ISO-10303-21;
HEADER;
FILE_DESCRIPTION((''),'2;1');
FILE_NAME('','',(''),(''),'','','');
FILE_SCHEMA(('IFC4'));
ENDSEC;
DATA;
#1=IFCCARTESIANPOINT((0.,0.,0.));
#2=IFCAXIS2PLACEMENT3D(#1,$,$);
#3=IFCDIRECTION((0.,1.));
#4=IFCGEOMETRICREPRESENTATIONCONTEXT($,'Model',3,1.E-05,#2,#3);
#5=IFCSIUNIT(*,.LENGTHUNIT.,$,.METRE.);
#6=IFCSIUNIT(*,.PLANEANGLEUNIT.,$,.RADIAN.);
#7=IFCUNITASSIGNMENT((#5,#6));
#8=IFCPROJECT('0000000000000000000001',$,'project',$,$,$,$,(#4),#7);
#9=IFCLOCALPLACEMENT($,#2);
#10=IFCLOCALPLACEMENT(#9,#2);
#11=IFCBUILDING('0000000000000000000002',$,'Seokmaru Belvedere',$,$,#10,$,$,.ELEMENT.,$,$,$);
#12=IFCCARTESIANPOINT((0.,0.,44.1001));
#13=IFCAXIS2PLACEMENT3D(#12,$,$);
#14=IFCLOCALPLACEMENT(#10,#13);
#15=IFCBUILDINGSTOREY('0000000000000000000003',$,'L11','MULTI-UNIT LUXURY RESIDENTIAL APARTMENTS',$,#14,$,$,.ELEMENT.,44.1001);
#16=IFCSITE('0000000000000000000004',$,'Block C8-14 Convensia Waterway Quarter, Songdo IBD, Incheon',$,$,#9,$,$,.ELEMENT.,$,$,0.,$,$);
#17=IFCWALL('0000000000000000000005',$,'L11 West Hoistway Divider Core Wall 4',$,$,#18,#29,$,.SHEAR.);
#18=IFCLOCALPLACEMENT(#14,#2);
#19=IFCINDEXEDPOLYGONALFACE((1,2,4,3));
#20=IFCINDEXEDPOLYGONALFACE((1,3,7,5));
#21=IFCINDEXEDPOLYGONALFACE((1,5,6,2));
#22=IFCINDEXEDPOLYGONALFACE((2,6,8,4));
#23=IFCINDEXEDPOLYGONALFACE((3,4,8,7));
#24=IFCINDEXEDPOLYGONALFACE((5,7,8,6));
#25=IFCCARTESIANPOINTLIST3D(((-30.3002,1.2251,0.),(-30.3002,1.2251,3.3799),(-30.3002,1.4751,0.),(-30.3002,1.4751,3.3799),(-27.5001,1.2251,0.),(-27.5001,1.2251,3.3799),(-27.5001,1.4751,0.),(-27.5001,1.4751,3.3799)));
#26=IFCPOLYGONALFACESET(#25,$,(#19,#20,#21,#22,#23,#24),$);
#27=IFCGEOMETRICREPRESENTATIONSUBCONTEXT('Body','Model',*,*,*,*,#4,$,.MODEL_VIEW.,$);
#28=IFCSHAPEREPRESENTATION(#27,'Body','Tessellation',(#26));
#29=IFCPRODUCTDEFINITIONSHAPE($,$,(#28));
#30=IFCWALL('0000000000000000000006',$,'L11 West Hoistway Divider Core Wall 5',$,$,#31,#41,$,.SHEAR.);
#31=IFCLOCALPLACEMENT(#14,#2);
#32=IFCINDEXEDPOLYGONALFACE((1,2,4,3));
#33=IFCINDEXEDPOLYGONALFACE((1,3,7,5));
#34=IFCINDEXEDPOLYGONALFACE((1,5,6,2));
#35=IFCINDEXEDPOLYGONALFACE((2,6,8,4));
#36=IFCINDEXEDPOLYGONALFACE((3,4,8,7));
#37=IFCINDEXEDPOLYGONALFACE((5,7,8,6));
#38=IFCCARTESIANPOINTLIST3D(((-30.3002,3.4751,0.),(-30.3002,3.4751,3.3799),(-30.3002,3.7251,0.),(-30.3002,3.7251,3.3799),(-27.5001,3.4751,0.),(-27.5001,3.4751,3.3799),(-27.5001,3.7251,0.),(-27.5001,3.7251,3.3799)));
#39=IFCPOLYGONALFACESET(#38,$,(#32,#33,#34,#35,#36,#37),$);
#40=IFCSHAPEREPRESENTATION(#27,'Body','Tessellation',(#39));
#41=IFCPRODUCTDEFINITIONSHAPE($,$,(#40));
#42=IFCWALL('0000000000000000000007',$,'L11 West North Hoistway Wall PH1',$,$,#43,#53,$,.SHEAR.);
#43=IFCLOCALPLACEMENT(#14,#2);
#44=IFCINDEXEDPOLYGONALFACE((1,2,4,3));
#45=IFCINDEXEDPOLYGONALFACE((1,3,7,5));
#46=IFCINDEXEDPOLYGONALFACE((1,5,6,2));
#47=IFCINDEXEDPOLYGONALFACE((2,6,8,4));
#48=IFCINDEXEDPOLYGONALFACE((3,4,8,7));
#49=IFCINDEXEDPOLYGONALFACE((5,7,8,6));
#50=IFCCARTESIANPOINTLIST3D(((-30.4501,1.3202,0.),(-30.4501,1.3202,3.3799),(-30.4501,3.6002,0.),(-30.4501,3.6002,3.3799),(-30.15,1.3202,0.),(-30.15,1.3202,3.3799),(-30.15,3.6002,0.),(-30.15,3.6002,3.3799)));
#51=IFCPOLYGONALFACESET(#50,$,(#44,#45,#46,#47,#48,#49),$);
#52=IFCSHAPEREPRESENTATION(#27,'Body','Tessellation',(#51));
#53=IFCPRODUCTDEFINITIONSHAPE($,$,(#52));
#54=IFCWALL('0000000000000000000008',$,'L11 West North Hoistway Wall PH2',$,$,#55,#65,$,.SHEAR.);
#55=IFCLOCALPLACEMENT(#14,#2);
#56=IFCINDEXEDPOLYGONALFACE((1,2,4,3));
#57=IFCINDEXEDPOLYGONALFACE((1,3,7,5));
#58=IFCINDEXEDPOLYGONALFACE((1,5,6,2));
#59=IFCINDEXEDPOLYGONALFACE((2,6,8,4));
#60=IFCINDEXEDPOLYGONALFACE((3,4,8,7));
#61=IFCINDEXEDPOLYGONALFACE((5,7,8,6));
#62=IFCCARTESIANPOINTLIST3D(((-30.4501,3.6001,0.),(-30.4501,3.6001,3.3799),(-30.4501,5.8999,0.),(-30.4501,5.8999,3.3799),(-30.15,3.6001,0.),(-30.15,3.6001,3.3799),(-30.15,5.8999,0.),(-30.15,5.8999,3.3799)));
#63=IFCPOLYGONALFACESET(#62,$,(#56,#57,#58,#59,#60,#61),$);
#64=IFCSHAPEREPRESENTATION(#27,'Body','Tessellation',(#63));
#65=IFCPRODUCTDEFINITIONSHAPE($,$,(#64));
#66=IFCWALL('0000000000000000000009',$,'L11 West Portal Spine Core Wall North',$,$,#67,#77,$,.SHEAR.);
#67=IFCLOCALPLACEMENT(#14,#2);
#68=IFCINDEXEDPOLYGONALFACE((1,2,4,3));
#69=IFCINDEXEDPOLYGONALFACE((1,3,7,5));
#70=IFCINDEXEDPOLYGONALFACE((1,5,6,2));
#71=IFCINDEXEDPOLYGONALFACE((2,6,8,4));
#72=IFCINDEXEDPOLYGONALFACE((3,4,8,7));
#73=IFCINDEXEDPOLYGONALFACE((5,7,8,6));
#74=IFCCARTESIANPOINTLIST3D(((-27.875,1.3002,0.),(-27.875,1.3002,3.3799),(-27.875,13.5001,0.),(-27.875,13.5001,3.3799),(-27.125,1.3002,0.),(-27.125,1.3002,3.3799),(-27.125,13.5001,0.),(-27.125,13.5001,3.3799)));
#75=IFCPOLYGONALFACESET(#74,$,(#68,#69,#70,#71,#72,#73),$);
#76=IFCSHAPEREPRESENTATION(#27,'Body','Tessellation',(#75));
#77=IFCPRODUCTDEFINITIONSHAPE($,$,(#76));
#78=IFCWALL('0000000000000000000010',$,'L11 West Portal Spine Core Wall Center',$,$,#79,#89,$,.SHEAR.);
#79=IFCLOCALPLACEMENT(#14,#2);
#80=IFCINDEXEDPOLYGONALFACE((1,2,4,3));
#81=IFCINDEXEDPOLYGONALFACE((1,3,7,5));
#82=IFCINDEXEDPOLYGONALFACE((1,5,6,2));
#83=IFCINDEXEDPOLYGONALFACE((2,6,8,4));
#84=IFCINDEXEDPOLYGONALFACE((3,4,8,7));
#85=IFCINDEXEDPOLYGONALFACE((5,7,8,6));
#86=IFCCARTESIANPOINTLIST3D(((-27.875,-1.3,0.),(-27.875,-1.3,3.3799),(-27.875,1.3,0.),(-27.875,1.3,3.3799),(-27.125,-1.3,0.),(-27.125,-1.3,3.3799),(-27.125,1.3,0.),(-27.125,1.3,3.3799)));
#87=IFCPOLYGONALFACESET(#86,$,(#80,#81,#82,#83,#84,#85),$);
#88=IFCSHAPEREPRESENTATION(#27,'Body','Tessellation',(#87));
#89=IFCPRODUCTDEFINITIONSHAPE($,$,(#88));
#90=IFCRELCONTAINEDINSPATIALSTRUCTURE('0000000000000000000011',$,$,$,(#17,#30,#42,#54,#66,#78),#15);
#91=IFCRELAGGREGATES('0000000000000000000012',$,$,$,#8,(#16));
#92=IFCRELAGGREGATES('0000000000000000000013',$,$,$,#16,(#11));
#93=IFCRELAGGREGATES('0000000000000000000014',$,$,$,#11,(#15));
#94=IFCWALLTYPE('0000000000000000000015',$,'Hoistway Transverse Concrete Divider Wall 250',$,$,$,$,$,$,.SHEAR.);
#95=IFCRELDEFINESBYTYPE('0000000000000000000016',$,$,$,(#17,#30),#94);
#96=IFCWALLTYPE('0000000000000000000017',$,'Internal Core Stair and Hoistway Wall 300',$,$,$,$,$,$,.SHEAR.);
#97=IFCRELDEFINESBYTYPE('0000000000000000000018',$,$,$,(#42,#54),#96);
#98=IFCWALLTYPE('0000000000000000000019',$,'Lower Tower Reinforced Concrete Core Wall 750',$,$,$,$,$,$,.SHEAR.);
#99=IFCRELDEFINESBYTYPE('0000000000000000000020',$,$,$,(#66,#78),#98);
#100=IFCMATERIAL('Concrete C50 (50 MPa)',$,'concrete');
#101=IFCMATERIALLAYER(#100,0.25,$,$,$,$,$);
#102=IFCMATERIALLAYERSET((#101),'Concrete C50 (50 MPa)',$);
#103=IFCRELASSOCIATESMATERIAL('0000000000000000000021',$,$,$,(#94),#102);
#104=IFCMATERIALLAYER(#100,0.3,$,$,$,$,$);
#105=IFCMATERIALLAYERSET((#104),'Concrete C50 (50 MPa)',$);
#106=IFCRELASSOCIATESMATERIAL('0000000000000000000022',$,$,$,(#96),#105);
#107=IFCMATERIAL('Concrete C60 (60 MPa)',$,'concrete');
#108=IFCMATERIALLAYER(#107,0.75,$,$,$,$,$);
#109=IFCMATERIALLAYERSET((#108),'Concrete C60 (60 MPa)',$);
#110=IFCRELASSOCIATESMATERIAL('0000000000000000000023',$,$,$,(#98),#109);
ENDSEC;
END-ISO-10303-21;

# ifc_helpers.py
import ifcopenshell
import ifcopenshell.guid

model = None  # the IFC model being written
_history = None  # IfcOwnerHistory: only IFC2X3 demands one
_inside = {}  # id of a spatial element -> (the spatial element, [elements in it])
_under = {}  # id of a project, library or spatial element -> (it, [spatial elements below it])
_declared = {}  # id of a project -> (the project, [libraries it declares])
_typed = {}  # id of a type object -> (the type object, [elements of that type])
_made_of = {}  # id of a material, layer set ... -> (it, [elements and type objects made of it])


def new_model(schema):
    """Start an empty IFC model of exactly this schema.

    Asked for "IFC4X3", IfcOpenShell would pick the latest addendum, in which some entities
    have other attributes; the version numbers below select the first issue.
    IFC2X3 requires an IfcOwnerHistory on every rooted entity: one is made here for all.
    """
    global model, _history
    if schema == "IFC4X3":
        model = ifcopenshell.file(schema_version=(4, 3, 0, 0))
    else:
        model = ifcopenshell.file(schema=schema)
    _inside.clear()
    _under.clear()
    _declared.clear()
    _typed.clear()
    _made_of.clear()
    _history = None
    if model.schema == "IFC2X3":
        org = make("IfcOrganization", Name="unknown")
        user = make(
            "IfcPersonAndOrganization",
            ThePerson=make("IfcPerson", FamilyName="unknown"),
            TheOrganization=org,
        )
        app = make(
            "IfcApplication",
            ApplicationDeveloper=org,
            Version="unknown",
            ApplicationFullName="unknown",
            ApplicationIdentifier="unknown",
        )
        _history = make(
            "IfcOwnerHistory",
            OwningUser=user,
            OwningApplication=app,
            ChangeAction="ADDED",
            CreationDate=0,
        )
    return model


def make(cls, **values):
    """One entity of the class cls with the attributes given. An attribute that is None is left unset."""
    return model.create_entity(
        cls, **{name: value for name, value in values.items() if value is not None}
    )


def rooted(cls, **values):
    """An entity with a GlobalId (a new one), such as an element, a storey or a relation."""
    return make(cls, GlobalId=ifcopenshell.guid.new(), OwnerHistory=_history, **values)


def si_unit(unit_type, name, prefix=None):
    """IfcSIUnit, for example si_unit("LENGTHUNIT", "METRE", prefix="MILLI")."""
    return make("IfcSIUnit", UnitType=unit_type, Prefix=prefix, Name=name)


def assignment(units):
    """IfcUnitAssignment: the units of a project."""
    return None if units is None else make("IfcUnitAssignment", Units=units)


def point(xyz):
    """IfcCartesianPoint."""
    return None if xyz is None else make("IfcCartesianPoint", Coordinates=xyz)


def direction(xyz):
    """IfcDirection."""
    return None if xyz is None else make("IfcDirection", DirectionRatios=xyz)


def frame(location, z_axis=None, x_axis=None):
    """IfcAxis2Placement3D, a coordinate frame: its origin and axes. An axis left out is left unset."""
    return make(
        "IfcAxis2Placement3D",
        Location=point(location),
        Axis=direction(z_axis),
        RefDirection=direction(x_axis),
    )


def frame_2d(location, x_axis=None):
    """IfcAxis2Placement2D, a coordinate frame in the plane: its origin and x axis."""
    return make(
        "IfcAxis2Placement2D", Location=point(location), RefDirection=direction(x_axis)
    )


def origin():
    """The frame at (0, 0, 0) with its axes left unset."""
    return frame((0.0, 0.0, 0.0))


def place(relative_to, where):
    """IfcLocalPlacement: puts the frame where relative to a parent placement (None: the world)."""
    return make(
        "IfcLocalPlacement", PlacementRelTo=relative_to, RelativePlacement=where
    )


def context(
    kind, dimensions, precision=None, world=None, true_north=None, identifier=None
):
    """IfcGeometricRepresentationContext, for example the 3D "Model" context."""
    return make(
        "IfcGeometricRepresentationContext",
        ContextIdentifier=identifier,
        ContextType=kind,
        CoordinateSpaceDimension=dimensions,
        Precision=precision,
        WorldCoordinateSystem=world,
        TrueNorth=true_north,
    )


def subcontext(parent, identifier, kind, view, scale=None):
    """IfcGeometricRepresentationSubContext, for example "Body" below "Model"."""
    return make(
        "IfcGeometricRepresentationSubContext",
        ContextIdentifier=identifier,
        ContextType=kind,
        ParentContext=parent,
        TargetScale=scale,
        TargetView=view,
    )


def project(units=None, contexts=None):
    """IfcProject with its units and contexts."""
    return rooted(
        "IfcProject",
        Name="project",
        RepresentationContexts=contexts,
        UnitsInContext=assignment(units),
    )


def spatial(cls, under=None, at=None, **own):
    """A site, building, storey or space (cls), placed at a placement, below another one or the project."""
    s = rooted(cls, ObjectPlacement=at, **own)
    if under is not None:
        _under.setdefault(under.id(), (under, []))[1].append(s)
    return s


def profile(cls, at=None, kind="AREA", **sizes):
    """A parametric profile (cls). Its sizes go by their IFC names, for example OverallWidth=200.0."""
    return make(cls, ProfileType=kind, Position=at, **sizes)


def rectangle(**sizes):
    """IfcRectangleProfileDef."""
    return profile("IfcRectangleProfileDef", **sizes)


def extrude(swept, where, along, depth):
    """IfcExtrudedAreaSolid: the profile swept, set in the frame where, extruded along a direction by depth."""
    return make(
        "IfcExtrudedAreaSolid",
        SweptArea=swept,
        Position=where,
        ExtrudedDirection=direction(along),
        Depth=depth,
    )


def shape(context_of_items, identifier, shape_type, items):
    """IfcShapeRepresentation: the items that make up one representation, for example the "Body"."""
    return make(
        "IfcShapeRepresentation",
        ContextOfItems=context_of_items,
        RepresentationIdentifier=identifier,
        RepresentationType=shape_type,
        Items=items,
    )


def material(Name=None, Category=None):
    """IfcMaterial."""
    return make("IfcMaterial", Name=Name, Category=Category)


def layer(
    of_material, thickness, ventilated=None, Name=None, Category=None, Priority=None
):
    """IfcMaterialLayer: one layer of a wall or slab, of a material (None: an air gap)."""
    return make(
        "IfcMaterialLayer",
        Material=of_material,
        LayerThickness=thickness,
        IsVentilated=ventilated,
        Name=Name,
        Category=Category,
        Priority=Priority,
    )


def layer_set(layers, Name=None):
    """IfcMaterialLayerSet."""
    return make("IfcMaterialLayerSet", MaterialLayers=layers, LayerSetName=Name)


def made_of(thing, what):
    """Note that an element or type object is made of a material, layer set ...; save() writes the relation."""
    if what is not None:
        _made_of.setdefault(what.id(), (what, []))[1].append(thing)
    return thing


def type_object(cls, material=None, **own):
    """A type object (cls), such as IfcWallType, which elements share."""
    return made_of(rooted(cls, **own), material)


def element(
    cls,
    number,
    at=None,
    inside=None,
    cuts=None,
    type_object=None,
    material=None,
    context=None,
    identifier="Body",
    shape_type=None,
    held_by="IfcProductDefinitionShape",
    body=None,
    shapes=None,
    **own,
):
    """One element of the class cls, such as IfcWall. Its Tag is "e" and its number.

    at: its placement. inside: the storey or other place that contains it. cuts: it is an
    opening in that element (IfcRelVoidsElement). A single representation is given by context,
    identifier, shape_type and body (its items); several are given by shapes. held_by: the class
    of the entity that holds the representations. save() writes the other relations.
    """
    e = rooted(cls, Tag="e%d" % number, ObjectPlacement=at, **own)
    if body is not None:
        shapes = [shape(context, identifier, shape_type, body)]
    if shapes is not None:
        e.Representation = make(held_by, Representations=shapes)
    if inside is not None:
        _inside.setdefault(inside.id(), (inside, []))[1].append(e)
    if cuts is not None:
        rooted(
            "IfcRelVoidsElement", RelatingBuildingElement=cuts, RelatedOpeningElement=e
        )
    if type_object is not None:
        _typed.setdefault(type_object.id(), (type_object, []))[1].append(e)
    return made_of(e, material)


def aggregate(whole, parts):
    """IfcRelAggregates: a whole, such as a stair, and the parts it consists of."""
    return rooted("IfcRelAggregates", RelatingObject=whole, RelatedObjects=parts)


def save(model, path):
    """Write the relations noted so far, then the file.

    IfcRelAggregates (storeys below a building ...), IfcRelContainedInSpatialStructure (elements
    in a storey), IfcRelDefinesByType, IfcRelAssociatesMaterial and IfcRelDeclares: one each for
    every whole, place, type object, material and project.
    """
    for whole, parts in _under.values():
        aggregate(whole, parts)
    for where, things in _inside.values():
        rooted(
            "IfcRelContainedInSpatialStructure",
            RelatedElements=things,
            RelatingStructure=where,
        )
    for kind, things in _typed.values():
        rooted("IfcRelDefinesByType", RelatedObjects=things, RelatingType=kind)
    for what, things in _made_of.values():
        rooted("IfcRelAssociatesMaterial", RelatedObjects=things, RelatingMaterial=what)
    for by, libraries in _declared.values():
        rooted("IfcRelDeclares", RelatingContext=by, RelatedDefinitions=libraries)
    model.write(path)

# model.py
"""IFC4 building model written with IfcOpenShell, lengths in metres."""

from ifc_helpers import new_model, si_unit, direction, frame, frame_2d, origin, place, context, subcontext, project, spatial, rectangle, extrude, material, layer, layer_set, type_object, element, save


model = new_model("IFC4")

# Units and contexts
model_context = context("Model", 3, precision=1e-05, world=origin(), true_north=direction((0.0, 1.0)))
body_context = subcontext(model_context, "Body", "Model", "MODEL_VIEW")
ifc_project = project(units=[si_unit("LENGTHUNIT", "METRE"), si_unit("PLANEANGLEUNIT", "RADIAN")], contexts=[model_context])

# Site, building, storey
site_placement = place(None, origin())
site = spatial("IfcSite", under=ifc_project, at=site_placement, Name="Block C8-14 Convensia Waterway Quarter, Songdo IBD, Incheon", CompositionType="ELEMENT", RefElevation=0.0)
building_placement = place(site_placement, origin())
building = spatial("IfcBuilding", under=site, at=building_placement, Name="Seokmaru Belvedere", CompositionType="ELEMENT")
storey_placement = place(building_placement, frame((0.0, 0.0, 44.1001)))
storey = spatial("IfcBuildingStorey", under=building, at=storey_placement, Name="L11", Description="MULTI-UNIT LUXURY RESIDENTIAL APARTMENTS", CompositionType="ELEMENT", Elevation=44.1001)

# Walls
ifc_material_1 = material(Name="Concrete C50 (50 MPa)", Category="concrete")
ifc_layer_1 = layer(ifc_material_1, 0.25)
ifc_layer_set_1 = layer_set([ifc_layer_1], Name="Concrete C50 (50 MPa)")
wall_type_1 = type_object("IfcWallType", Name="Hoistway Transverse Concrete Divider Wall 250", PredefinedType="SHEAR", material=ifc_layer_set_1)
for number, where, z_axis, x_axis, name in (
    (1, (-30.3, 1.3501, 0.0), (0.0, 0.0, 1.0), (1.0, 0.0, 0.0), "L11 West Hoistway Divider Core Wall 4"),
    (2, (-30.3, 3.6001, 0.0), (0.0, 0.0, 1.0), (1.0, 0.0, 0.0), "L11 West Hoistway Divider Core Wall 5"),
):
    element("IfcWall", number, at=place(storey_placement, frame(where, z_axis=z_axis, x_axis=x_axis)), inside=storey, type_object=wall_type_1, Name=name, PredefinedType="SHEAR", context=body_context, shape_type="SweptSolid", body=[
        extrude(rectangle(XDim=2.8, YDim=0.25, at=frame_2d((1.3999, 0.0))), origin(), (0.0, 0.0, 1.0), 3.3799),
    ])
ifc_layer_2 = layer(ifc_material_1, 0.3)
ifc_layer_set_2 = layer_set([ifc_layer_2], Name="Concrete C50 (50 MPa)")
wall_type_2 = type_object("IfcWallType", Name="Internal Core Stair and Hoistway Wall 300", PredefinedType="SHEAR", material=ifc_layer_set_2)
wall_1_placement = place(storey_placement, frame((-30.3, 1.3201, 0.0), z_axis=(0.0, 0.0, 1.0), x_axis=(0.0, 1.0, 0.0)))
element("IfcWall", 3, at=wall_1_placement, inside=storey, type_object=wall_type_2, Name="L11 West North Hoistway Wall PH1", PredefinedType="SHEAR", context=body_context, shape_type="SweptSolid", body=[
    extrude(rectangle(XDim=2.28, YDim=0.3, at=frame_2d((1.1401, 0.0))), origin(), (0.0, 0.0, 1.0), 3.3799),
])
wall_2_placement = place(storey_placement, frame((-30.3, 3.6001, 0.0), z_axis=(0.0, 0.0, 1.0), x_axis=(0.0, 1.0, 0.0)))
element("IfcWall", 4, at=wall_2_placement, inside=storey, type_object=wall_type_2, Name="L11 West North Hoistway Wall PH2", PredefinedType="SHEAR", context=body_context, shape_type="SweptSolid", body=[
    extrude(rectangle(XDim=2.2998, YDim=0.3, at=frame_2d((1.1499, 0.0))), origin(), (0.0, 0.0, 1.0), 3.3799),
])
ifc_material_2 = material(Name="Concrete C60 (60 MPa)", Category="concrete")
ifc_layer_3 = layer(ifc_material_2, 0.75)
ifc_layer_set_3 = layer_set([ifc_layer_3], Name="Concrete C60 (60 MPa)")
wall_type_3 = type_object("IfcWallType", Name="Lower Tower Reinforced Concrete Core Wall 750", PredefinedType="SHEAR", material=ifc_layer_set_3)
wall_3_placement = place(storey_placement, frame((-27.5, 1.3, 0.0), z_axis=(0.0, 0.0, 1.0), x_axis=(0.0, 1.0, 0.0)))
element("IfcWall", 5, at=wall_3_placement, inside=storey, type_object=wall_type_3, Name="L11 West Portal Spine Core Wall North", PredefinedType="SHEAR", context=body_context, shape_type="SweptSolid", body=[
    extrude(rectangle(XDim=12.2, YDim=0.75, at=frame_2d((6.1001, 0.0))), origin(), (0.0, 0.0, 1.0), 3.3799),
])
wall_4_placement = place(storey_placement, frame((-27.5, -1.3, 0.0), z_axis=(0.0, 0.0, 1.0), x_axis=(0.0, 1.0, 0.0)))
element("IfcWall", 6, at=wall_4_placement, inside=storey, type_object=wall_type_3, Name="L11 West Portal Spine Core Wall Center", PredefinedType="SHEAR", context=body_context, shape_type="SweptSolid", body=[
    extrude(rectangle(XDim=2.6001, YDim=0.75, at=frame_2d((1.3, 0.0))), origin(), (0.0, 0.0, 1.0), 3.3799),
])

save(model, "model.ifc")
